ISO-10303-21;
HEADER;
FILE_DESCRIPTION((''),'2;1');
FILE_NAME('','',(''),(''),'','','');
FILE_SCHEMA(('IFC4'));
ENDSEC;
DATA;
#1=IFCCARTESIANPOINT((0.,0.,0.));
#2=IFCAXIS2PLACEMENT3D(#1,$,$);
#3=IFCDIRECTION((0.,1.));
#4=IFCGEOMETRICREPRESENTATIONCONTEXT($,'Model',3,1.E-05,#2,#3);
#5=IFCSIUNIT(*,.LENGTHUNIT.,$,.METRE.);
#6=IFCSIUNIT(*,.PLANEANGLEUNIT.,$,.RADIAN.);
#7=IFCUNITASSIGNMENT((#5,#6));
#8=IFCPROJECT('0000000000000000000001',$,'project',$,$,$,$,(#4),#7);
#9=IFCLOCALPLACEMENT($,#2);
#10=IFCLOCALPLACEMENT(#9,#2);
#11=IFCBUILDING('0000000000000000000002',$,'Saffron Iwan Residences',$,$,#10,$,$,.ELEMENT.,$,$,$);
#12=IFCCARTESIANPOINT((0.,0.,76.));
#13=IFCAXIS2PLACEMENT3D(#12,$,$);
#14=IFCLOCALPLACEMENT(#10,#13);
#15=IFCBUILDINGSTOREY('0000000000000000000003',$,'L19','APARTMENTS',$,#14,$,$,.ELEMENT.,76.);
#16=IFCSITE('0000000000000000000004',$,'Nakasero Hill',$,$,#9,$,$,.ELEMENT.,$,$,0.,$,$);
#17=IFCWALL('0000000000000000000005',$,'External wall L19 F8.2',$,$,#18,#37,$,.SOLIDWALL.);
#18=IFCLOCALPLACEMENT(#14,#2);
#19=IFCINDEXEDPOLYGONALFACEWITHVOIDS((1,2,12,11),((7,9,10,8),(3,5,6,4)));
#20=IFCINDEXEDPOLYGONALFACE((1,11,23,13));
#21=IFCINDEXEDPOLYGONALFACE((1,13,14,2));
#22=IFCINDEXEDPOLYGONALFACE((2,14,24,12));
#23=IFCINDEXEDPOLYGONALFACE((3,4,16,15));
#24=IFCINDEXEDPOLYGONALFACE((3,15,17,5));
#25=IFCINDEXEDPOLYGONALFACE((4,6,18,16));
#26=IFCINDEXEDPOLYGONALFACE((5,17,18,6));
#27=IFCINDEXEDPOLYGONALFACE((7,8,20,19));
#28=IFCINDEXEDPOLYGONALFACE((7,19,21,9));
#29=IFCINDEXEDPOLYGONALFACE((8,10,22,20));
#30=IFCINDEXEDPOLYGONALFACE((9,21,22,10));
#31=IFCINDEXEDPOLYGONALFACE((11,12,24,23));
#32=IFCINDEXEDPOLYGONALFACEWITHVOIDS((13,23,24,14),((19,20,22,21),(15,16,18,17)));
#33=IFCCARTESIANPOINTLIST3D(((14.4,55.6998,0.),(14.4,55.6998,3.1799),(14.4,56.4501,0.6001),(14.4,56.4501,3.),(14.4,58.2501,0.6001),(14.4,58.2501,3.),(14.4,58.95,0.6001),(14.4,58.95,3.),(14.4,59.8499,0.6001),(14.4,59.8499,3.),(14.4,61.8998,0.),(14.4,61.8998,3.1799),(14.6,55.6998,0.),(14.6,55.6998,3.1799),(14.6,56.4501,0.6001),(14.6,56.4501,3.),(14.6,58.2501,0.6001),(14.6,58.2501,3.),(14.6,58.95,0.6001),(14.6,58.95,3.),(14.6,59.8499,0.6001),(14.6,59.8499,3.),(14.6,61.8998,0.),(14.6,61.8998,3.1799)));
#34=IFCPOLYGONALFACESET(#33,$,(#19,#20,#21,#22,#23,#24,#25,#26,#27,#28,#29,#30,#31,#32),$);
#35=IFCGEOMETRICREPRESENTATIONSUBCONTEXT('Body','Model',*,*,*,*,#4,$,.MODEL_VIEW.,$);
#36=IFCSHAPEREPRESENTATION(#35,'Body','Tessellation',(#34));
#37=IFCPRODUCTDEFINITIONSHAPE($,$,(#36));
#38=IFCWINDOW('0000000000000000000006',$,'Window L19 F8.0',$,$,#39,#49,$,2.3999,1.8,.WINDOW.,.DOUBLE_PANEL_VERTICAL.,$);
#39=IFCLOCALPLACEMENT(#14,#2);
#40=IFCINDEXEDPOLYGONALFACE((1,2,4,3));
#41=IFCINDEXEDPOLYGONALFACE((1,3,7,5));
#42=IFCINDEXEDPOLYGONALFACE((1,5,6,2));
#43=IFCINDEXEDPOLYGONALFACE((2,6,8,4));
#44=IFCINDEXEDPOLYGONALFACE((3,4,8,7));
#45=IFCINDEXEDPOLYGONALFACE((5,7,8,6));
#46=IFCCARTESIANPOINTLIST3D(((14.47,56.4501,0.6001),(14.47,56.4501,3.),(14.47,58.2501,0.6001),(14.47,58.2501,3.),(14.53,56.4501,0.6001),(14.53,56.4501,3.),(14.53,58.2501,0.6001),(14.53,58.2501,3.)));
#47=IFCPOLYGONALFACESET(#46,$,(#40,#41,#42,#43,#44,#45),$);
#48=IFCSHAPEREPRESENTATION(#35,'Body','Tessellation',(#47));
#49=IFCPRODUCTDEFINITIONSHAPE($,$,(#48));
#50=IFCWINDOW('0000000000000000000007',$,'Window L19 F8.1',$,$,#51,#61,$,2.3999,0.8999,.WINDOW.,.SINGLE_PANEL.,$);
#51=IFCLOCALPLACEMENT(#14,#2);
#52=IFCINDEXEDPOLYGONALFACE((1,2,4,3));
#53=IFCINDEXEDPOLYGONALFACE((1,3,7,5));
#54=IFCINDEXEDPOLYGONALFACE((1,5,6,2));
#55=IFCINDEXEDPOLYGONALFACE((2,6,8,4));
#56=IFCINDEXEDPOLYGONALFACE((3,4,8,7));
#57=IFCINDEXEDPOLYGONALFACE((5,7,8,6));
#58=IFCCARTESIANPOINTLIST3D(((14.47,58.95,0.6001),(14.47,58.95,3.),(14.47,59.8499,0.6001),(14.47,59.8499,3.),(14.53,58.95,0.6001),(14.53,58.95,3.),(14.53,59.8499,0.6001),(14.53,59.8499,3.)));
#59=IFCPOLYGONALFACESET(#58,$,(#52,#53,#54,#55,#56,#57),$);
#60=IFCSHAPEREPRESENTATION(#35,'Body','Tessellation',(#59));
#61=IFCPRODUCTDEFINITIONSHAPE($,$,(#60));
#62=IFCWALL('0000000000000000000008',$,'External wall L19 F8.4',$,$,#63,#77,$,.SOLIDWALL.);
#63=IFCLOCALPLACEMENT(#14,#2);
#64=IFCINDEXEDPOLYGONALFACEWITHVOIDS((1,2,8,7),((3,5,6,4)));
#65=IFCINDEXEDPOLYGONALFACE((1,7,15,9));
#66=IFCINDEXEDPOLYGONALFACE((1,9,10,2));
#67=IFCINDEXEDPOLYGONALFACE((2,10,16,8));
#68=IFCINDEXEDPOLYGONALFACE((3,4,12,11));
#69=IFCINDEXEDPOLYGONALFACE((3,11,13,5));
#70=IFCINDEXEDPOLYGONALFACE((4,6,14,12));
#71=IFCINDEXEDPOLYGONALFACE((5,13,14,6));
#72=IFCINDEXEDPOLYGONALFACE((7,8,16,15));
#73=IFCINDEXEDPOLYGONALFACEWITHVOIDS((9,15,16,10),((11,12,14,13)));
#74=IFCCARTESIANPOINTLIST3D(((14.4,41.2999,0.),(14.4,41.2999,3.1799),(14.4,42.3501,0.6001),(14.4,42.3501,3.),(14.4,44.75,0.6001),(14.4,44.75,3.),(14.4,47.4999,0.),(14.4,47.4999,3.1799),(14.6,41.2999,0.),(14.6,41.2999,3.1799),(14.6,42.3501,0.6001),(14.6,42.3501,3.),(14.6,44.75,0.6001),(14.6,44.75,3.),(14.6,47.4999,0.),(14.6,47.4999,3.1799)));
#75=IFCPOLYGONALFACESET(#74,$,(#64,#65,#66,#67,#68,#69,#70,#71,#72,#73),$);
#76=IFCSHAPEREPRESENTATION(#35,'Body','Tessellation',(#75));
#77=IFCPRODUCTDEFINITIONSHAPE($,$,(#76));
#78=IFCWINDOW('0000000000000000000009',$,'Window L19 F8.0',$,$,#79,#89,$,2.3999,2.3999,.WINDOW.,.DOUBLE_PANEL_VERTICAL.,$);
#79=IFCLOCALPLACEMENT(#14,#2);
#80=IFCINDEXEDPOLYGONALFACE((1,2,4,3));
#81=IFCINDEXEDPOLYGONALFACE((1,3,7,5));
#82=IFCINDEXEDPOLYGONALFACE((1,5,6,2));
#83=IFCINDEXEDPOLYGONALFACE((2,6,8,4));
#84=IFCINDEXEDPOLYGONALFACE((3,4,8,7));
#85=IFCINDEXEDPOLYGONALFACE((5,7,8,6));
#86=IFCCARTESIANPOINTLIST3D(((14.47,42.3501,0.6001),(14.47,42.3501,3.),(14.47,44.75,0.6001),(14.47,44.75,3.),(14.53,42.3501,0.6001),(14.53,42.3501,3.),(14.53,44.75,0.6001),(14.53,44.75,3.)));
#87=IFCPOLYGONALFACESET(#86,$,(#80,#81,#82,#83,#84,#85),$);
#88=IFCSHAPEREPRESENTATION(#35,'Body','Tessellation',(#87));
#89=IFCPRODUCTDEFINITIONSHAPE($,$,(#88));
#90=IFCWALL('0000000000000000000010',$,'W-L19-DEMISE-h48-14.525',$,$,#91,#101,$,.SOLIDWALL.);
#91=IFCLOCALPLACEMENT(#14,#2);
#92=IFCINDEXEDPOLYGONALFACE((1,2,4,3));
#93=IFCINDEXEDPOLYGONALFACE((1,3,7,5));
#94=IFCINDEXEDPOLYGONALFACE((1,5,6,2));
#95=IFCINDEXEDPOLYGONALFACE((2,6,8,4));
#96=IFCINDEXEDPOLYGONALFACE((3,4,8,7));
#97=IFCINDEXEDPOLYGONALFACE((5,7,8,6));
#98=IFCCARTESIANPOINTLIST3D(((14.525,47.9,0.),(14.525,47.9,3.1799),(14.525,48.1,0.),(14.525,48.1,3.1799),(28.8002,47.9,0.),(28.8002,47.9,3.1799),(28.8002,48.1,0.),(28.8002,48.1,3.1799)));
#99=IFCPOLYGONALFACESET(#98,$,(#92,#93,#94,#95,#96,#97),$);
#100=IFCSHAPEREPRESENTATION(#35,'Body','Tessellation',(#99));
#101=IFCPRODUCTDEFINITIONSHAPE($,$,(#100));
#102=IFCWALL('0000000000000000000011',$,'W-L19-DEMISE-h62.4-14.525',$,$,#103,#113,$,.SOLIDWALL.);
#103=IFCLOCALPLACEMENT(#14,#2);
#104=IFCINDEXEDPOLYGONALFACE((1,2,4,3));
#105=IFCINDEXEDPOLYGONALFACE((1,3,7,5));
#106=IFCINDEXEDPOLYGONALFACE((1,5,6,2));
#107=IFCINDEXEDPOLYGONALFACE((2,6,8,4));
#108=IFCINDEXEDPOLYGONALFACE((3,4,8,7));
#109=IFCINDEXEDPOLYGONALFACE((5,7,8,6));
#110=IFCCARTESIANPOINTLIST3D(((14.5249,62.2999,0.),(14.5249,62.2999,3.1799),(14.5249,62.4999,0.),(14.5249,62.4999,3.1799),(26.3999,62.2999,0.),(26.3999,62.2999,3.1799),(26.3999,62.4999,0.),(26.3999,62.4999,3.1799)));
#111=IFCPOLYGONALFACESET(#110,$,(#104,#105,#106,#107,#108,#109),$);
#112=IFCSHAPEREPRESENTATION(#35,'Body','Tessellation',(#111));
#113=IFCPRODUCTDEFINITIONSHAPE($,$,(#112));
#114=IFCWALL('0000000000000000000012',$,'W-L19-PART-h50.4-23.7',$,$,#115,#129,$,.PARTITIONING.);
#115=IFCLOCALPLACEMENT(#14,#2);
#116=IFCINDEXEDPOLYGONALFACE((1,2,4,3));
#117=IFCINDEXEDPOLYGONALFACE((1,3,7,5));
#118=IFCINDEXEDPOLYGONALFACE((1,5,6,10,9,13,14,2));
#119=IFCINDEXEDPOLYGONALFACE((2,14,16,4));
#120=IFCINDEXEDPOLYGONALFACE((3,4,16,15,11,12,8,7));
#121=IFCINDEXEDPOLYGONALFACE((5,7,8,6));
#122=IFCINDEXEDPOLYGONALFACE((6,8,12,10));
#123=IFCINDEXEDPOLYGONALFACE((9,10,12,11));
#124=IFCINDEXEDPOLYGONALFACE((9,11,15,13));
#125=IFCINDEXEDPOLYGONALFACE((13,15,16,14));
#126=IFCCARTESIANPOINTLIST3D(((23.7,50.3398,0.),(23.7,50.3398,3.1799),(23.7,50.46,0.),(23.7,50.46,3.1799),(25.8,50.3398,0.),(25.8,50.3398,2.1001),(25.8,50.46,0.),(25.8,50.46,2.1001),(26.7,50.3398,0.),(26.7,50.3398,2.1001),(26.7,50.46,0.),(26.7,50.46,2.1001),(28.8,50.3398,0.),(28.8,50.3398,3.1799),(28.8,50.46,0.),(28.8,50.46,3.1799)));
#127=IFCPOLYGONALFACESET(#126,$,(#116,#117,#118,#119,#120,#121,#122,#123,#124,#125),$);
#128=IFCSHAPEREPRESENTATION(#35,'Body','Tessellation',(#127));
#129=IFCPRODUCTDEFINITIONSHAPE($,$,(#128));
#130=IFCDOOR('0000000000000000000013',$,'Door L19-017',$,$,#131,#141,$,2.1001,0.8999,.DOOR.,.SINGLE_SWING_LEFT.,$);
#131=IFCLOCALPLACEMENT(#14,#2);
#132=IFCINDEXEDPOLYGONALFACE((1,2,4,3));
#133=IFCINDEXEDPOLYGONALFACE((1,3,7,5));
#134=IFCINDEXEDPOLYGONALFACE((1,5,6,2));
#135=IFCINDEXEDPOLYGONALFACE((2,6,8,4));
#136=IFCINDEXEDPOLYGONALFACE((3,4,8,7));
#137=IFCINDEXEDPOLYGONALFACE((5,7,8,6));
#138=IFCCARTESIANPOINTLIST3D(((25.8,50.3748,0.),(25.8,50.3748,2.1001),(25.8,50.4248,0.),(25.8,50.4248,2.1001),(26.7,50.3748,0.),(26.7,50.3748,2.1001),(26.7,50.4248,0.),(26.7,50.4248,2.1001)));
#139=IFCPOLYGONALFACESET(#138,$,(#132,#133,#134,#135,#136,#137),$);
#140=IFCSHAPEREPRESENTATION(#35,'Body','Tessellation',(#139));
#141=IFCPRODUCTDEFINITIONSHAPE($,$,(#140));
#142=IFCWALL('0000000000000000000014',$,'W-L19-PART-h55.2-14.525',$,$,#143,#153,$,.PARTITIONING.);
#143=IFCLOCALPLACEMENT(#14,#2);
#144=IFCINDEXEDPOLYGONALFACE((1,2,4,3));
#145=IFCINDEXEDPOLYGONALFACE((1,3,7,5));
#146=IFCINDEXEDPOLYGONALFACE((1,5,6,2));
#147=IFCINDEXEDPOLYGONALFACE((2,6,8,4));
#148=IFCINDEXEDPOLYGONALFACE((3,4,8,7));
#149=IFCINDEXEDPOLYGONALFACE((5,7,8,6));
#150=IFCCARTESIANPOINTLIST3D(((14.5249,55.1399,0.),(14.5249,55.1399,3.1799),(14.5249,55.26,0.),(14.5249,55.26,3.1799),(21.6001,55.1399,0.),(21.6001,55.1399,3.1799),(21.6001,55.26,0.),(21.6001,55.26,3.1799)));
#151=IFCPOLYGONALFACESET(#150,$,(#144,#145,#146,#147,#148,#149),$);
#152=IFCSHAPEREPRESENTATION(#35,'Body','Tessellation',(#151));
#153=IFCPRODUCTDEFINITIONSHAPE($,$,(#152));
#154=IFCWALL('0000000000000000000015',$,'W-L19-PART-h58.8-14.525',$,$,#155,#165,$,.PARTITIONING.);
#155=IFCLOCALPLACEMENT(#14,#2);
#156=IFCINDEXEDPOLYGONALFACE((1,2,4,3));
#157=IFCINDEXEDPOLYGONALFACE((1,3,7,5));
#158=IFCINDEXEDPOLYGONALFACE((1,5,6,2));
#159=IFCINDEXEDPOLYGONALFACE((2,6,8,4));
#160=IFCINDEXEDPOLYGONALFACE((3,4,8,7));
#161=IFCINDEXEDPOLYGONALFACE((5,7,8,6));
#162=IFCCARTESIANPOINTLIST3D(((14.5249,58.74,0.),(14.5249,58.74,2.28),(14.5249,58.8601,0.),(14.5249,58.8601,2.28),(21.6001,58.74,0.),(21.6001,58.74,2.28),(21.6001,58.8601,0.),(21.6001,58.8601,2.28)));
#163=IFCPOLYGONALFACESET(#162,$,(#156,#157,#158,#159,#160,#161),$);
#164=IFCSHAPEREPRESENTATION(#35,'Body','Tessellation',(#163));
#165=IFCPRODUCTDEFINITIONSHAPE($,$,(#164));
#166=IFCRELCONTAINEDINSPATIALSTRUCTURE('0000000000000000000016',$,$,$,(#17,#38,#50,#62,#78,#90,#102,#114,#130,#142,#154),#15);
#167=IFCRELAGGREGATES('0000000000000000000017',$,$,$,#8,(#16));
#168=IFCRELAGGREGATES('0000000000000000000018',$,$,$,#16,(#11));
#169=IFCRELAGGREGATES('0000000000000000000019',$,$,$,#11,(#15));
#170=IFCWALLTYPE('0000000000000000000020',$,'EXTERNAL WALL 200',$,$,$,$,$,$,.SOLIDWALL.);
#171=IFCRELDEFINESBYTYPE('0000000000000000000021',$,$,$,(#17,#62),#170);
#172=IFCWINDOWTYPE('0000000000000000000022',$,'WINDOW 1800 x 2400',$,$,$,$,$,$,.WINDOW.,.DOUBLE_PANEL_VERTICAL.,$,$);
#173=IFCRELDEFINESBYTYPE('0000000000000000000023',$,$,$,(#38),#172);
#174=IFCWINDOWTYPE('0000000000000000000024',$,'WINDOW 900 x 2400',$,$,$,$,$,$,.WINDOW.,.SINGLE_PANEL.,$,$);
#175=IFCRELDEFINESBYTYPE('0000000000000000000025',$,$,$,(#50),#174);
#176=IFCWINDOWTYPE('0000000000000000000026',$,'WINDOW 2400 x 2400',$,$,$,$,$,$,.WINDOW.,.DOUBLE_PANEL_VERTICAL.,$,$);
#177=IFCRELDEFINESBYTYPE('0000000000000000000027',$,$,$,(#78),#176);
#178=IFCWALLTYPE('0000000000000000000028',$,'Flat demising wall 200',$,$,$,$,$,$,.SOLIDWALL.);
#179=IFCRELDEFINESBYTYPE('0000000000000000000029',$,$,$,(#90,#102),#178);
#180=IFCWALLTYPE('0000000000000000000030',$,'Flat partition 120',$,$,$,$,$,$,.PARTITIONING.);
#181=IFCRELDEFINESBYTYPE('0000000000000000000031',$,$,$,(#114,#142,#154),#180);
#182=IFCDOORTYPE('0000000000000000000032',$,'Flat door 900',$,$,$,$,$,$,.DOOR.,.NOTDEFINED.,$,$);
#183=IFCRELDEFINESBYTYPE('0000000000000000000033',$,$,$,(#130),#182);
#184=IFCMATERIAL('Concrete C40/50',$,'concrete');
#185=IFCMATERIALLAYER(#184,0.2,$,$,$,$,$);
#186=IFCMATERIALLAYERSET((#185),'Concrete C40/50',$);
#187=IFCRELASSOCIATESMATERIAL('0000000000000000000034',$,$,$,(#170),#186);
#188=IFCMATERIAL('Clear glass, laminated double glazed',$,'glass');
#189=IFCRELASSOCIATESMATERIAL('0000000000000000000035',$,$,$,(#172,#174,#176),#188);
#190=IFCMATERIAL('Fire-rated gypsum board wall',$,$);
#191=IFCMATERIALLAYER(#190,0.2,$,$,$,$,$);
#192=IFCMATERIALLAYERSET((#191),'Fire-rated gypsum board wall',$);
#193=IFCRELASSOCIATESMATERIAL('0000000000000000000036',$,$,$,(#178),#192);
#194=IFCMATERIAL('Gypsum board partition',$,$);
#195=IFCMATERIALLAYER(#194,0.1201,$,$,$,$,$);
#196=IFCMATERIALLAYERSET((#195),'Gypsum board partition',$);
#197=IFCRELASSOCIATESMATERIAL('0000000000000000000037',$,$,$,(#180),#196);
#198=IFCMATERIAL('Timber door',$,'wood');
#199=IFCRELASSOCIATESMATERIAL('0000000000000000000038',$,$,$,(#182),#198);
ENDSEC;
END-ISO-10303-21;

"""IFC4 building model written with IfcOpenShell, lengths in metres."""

from ifc_helpers import new_model, si_unit, direction, frame, frame_2d, origin, place, context, subcontext, project, spatial, rectangle, extrude, material, layer, layer_set, type_object, element, fill, save


model = new_model("IFC4")

# Units and contexts
model_context = context("Model", 3, precision=1e-05, world=origin(), true_north=direction((0.0, 1.0)))
body_context = subcontext(model_context, "Body", "Model", "MODEL_VIEW")
ifc_project = project(units=[si_unit("LENGTHUNIT", "METRE"), si_unit("PLANEANGLEUNIT", "RADIAN")], contexts=[model_context])

# Site, building, storey
site_placement = place(None, origin())
site = spatial("IfcSite", under=ifc_project, at=site_placement, Name="Nakasero Hill", CompositionType="ELEMENT", RefElevation=0.0)
building_placement = place(site_placement, origin())
building = spatial("IfcBuilding", under=site, at=building_placement, Name="Saffron Iwan Residences", CompositionType="ELEMENT")
storey_placement = place(building_placement, frame((0.0, 0.0, 76.0)))
storey = spatial("IfcBuildingStorey", under=building, at=storey_placement, Name="L19", Description="APARTMENTS", CompositionType="ELEMENT", Elevation=76.0)

# Wall, openings, windows
ifc_material_1 = material(Name="Concrete C40/50", Category="concrete")
ifc_layer_1 = layer(ifc_material_1, 0.2)
ifc_layer_set_1 = layer_set([ifc_layer_1], Name="Concrete C40/50")
wall_type_1 = type_object("IfcWallType", Name="EXTERNAL WALL 200", PredefinedType="SOLIDWALL", material=ifc_layer_set_1)
wall_1_placement = place(storey_placement, frame((14.5, 61.8999, 0.0), z_axis=(0.0, 0.0, 1.0), x_axis=(0.0, -1.0, 0.0)))
wall_1 = element("IfcWall", 1, at=wall_1_placement, inside=storey, type_object=wall_type_1, Name="External wall L19 F8.2", PredefinedType="SOLIDWALL", context=body_context, shape_type="SweptSolid", body=[
    extrude(rectangle(XDim=6.2, YDim=0.2, at=frame_2d((3.1001, 0.0))), origin(), (0.0, 0.0, 1.0), 3.1799),
])
opening_1_placement = place(wall_1_placement, frame((3.6499, 0.0, 0.6001)))
opening_1 = element("IfcOpeningElement", 2, at=opening_1_placement, cuts=wall_1, PredefinedType="OPENING", context=body_context, shape_type="SweptSolid", body=[
    extrude(rectangle(XDim=1.8, YDim=2.3999, at=frame_2d((0.8999, 1.2))), frame((0.0, 0.1099, 0.0), z_axis=(0.0, -1.0, 0.0), x_axis=(1.0, 0.0, 0.0)), (0.0, 0.0, 1.0), 0.22),
])
opening_2_placement = place(wall_1_placement, frame((2.05, 0.0, 0.6001)))
opening_2 = element("IfcOpeningElement", 3, at=opening_2_placement, cuts=wall_1, PredefinedType="OPENING", context=body_context, shape_type="SweptSolid", body=[
    extrude(rectangle(XDim=0.8999, YDim=2.3999, at=frame_2d((0.45, 1.2))), frame((0.0, 0.1099, 0.0), z_axis=(0.0, -1.0, 0.0), x_axis=(1.0, 0.0, 0.0)), (0.0, 0.0, 1.0), 0.22),
])
ifc_material_2 = material(Name="Clear glass, laminated double glazed", Category="glass")
window_type_1 = type_object("IfcWindowType", Name="WINDOW 1800 x 2400", PartitioningType="DOUBLE_PANEL_VERTICAL", PredefinedType="WINDOW", material=ifc_material_2)
window_1_placement = place(opening_1_placement, origin())
window_1 = element("IfcWindow", 4, at=window_1_placement, inside=storey, type_object=window_type_1, Name="Window L19 F8.0", OverallHeight=2.3999, OverallWidth=1.8, PartitioningType="DOUBLE_PANEL_VERTICAL", PredefinedType="WINDOW", context=body_context, shape_type="SweptSolid", body=[
    extrude(rectangle(XDim=1.8, YDim=2.3999, at=frame_2d((0.8999, 1.2))), frame((0.0, 0.03, 0.0), z_axis=(0.0, -1.0, 0.0), x_axis=(1.0, 0.0, 0.0)), (0.0, 0.0, 1.0), 0.0601),
])
fill(opening_1, window_1)
window_type_2 = type_object("IfcWindowType", Name="WINDOW 900 x 2400", PartitioningType="SINGLE_PANEL", PredefinedType="WINDOW", material=ifc_material_2)
window_2_placement = place(opening_2_placement, origin())
window_2 = element("IfcWindow", 5, at=window_2_placement, inside=storey, type_object=window_type_2, Name="Window L19 F8.1", OverallHeight=2.3999, OverallWidth=0.8999, PartitioningType="SINGLE_PANEL", PredefinedType="WINDOW", context=body_context, shape_type="SweptSolid", body=[
    extrude(rectangle(XDim=0.8999, YDim=2.3999, at=frame_2d((0.45, 1.2))), frame((0.0, 0.03, 0.0), z_axis=(0.0, -1.0, 0.0), x_axis=(1.0, 0.0, 0.0)), (0.0, 0.0, 1.0), 0.0601),
])
fill(opening_2, window_2)

# Wall, opening, window
wall_2_placement = place(storey_placement, frame((14.5, 47.5, 0.0), z_axis=(0.0, 0.0, 1.0), x_axis=(0.0, -1.0, 0.0)))
wall_2 = element("IfcWall", 6, at=wall_2_placement, inside=storey, type_object=wall_type_1, Name="External wall L19 F8.4", PredefinedType="SOLIDWALL", context=body_context, shape_type="SweptSolid", body=[
    extrude(rectangle(XDim=6.2, YDim=0.2, at=frame_2d((3.1001, 0.0))), origin(), (0.0, 0.0, 1.0), 3.1799),
])
opening_3_placement = place(wall_2_placement, frame((2.75, 0.0, 0.6001)))
opening_3 = element("IfcOpeningElement", 7, at=opening_3_placement, cuts=wall_2, PredefinedType="OPENING", context=body_context, shape_type="SweptSolid", body=[
    extrude(rectangle(XDim=2.3999, YDim=2.3999, at=frame_2d((1.2, 1.2))), frame((0.0, 0.1099, 0.0), z_axis=(0.0, -1.0, 0.0), x_axis=(1.0, 0.0, 0.0)), (0.0, 0.0, 1.0), 0.22),
])
window_type_3 = type_object("IfcWindowType", Name="WINDOW 2400 x 2400", PartitioningType="DOUBLE_PANEL_VERTICAL", PredefinedType="WINDOW", material=ifc_material_2)
window_3_placement = place(opening_3_placement, origin())
window_3 = element("IfcWindow", 8, at=window_3_placement, inside=storey, type_object=window_type_3, Name="Window L19 F8.0", OverallHeight=2.3999, OverallWidth=2.3999, PartitioningType="DOUBLE_PANEL_VERTICAL", PredefinedType="WINDOW", context=body_context, shape_type="SweptSolid", body=[
    extrude(rectangle(XDim=2.3999, YDim=2.3999, at=frame_2d((1.2, 1.2))), frame((0.0, 0.03, 0.0), z_axis=(0.0, -1.0, 0.0), x_axis=(1.0, 0.0, 0.0)), (0.0, 0.0, 1.0), 0.0601),
])
fill(opening_3, window_3)

# Walls
ifc_material_3 = material(Name="Fire-rated gypsum board wall")
ifc_layer_2 = layer(ifc_material_3, 0.2)
ifc_layer_set_2 = layer_set([ifc_layer_2], Name="Fire-rated gypsum board wall")
wall_type_2 = type_object("IfcWallType", Name="Flat demising wall 200", PredefinedType="SOLIDWALL", material=ifc_layer_set_2)
wall_3_placement = place(storey_placement, frame((14.5249, 48.0, 0.0), z_axis=(0.0, 0.0, 1.0), x_axis=(1.0, 0.0, 0.0)))
element("IfcWall", 9, at=wall_3_placement, inside=storey, type_object=wall_type_2, Name="W-L19-DEMISE-h48-14.525", PredefinedType="SOLIDWALL", context=body_context, shape_type="SweptSolid", body=[
    extrude(rectangle(XDim=14.2751, YDim=0.2, at=frame_2d((7.1377, 0.0))), origin(), (0.0, 0.0, 1.0), 3.1799),
])
wall_4_placement = place(storey_placement, frame((14.5249, 62.3999, 0.0), z_axis=(0.0, 0.0, 1.0), x_axis=(1.0, 0.0, 0.0)))
element("IfcWall", 10, at=wall_4_placement, inside=storey, type_object=wall_type_2, Name="W-L19-DEMISE-h62.4-14.525", PredefinedType="SOLIDWALL", context=body_context, shape_type="SweptSolid", body=[
    extrude(rectangle(XDim=11.875, YDim=0.2, at=frame_2d((5.9375, 0.0))), origin(), (0.0, 0.0, 1.0), 3.1799),
])

# Wall, opening, door
ifc_material_4 = material(Name="Gypsum board partition")
ifc_layer_3 = layer(ifc_material_4, 0.1201)
ifc_layer_set_3 = layer_set([ifc_layer_3], Name="Gypsum board partition")
wall_type_3 = type_object("IfcWallType", Name="Flat partition 120", PredefinedType="PARTITIONING", material=ifc_layer_set_3)
wall_5_placement = place(storey_placement, frame((23.7, 50.3999, 0.0), z_axis=(0.0, 0.0, 1.0), x_axis=(1.0, 0.0, 0.0)))
wall_5 = element("IfcWall", 11, at=wall_5_placement, inside=storey, type_object=wall_type_3, Name="W-L19-PART-h50.4-23.7", PredefinedType="PARTITIONING", context=body_context, shape_type="SweptSolid", body=[
    extrude(rectangle(XDim=5.1001, YDim=0.1201, at=frame_2d((2.55, 0.0))), origin(), (0.0, 0.0, 1.0), 3.1799),
])
opening_4_placement = place(wall_5_placement, frame((2.1001, 0.0, 0.0)))
opening_4 = element("IfcOpeningElement", 12, at=opening_4_placement, cuts=wall_5, PredefinedType="OPENING", context=body_context, shape_type="SweptSolid", body=[
    extrude(rectangle(XDim=0.8999, YDim=2.1001, at=frame_2d((0.45, 1.05))), frame((0.0, 0.0701, 0.0), z_axis=(0.0, -1.0, 0.0), x_axis=(1.0, 0.0, 0.0)), (0.0, 0.0, 1.0), 0.1401),
])
ifc_material_5 = material(Name="Timber door", Category="wood")
door_type_1 = type_object("IfcDoorType", Name="Flat door 900", OperationType="NOTDEFINED", PredefinedType="DOOR", material=ifc_material_5)
door_1_placement = place(opening_4_placement, origin())
door_1 = element("IfcDoor", 13, at=door_1_placement, inside=storey, type_object=door_type_1, Name="Door L19-017", OperationType="SINGLE_SWING_LEFT", OverallHeight=2.1001, OverallWidth=0.8999, PredefinedType="DOOR", context=body_context, shape_type="SweptSolid", body=[
    extrude(rectangle(XDim=0.8999, YDim=2.1001, at=frame_2d((0.45, 1.05))), frame((0.0, 0.0249, 0.0), z_axis=(0.0, -1.0, 0.0), x_axis=(1.0, 0.0, 0.0)), (0.0, 0.0, 1.0), 0.05),
])
fill(opening_4, door_1)

# Walls
wall_6_placement = place(storey_placement, frame((14.5249, 55.2, 0.0), z_axis=(0.0, 0.0, 1.0), x_axis=(1.0, 0.0, 0.0)))
element("IfcWall", 14, at=wall_6_placement, inside=storey, type_object=wall_type_3, Name="W-L19-PART-h55.2-14.525", PredefinedType="PARTITIONING", context=body_context, shape_type="SweptSolid", body=[
    extrude(rectangle(XDim=7.0752, YDim=0.1201, at=frame_2d((3.5376, 0.0))), origin(), (0.0, 0.0, 1.0), 3.1799),
])
for number, where, z_axis, x_axis, name in (
    (15, (14.5249, 58.8, 0.0), (0.0, 0.0, 1.0), (1.0, 0.0, 0.0), "W-L19-PART-h58.8-14.525"),
):
    element("IfcWall", number, at=place(storey_placement, frame(where, z_axis=z_axis, x_axis=x_axis)), inside=storey, type_object=wall_type_3, Name=name, PredefinedType="PARTITIONING", context=body_context, shape_type="SweptSolid", body=[
        extrude(rectangle(XDim=7.0752, YDim=0.1201, at=frame_2d((3.5376, 0.0))), origin(), (0.0, 0.0, 1.0), 2.28),
    ])

save(model, "model.ifc")
